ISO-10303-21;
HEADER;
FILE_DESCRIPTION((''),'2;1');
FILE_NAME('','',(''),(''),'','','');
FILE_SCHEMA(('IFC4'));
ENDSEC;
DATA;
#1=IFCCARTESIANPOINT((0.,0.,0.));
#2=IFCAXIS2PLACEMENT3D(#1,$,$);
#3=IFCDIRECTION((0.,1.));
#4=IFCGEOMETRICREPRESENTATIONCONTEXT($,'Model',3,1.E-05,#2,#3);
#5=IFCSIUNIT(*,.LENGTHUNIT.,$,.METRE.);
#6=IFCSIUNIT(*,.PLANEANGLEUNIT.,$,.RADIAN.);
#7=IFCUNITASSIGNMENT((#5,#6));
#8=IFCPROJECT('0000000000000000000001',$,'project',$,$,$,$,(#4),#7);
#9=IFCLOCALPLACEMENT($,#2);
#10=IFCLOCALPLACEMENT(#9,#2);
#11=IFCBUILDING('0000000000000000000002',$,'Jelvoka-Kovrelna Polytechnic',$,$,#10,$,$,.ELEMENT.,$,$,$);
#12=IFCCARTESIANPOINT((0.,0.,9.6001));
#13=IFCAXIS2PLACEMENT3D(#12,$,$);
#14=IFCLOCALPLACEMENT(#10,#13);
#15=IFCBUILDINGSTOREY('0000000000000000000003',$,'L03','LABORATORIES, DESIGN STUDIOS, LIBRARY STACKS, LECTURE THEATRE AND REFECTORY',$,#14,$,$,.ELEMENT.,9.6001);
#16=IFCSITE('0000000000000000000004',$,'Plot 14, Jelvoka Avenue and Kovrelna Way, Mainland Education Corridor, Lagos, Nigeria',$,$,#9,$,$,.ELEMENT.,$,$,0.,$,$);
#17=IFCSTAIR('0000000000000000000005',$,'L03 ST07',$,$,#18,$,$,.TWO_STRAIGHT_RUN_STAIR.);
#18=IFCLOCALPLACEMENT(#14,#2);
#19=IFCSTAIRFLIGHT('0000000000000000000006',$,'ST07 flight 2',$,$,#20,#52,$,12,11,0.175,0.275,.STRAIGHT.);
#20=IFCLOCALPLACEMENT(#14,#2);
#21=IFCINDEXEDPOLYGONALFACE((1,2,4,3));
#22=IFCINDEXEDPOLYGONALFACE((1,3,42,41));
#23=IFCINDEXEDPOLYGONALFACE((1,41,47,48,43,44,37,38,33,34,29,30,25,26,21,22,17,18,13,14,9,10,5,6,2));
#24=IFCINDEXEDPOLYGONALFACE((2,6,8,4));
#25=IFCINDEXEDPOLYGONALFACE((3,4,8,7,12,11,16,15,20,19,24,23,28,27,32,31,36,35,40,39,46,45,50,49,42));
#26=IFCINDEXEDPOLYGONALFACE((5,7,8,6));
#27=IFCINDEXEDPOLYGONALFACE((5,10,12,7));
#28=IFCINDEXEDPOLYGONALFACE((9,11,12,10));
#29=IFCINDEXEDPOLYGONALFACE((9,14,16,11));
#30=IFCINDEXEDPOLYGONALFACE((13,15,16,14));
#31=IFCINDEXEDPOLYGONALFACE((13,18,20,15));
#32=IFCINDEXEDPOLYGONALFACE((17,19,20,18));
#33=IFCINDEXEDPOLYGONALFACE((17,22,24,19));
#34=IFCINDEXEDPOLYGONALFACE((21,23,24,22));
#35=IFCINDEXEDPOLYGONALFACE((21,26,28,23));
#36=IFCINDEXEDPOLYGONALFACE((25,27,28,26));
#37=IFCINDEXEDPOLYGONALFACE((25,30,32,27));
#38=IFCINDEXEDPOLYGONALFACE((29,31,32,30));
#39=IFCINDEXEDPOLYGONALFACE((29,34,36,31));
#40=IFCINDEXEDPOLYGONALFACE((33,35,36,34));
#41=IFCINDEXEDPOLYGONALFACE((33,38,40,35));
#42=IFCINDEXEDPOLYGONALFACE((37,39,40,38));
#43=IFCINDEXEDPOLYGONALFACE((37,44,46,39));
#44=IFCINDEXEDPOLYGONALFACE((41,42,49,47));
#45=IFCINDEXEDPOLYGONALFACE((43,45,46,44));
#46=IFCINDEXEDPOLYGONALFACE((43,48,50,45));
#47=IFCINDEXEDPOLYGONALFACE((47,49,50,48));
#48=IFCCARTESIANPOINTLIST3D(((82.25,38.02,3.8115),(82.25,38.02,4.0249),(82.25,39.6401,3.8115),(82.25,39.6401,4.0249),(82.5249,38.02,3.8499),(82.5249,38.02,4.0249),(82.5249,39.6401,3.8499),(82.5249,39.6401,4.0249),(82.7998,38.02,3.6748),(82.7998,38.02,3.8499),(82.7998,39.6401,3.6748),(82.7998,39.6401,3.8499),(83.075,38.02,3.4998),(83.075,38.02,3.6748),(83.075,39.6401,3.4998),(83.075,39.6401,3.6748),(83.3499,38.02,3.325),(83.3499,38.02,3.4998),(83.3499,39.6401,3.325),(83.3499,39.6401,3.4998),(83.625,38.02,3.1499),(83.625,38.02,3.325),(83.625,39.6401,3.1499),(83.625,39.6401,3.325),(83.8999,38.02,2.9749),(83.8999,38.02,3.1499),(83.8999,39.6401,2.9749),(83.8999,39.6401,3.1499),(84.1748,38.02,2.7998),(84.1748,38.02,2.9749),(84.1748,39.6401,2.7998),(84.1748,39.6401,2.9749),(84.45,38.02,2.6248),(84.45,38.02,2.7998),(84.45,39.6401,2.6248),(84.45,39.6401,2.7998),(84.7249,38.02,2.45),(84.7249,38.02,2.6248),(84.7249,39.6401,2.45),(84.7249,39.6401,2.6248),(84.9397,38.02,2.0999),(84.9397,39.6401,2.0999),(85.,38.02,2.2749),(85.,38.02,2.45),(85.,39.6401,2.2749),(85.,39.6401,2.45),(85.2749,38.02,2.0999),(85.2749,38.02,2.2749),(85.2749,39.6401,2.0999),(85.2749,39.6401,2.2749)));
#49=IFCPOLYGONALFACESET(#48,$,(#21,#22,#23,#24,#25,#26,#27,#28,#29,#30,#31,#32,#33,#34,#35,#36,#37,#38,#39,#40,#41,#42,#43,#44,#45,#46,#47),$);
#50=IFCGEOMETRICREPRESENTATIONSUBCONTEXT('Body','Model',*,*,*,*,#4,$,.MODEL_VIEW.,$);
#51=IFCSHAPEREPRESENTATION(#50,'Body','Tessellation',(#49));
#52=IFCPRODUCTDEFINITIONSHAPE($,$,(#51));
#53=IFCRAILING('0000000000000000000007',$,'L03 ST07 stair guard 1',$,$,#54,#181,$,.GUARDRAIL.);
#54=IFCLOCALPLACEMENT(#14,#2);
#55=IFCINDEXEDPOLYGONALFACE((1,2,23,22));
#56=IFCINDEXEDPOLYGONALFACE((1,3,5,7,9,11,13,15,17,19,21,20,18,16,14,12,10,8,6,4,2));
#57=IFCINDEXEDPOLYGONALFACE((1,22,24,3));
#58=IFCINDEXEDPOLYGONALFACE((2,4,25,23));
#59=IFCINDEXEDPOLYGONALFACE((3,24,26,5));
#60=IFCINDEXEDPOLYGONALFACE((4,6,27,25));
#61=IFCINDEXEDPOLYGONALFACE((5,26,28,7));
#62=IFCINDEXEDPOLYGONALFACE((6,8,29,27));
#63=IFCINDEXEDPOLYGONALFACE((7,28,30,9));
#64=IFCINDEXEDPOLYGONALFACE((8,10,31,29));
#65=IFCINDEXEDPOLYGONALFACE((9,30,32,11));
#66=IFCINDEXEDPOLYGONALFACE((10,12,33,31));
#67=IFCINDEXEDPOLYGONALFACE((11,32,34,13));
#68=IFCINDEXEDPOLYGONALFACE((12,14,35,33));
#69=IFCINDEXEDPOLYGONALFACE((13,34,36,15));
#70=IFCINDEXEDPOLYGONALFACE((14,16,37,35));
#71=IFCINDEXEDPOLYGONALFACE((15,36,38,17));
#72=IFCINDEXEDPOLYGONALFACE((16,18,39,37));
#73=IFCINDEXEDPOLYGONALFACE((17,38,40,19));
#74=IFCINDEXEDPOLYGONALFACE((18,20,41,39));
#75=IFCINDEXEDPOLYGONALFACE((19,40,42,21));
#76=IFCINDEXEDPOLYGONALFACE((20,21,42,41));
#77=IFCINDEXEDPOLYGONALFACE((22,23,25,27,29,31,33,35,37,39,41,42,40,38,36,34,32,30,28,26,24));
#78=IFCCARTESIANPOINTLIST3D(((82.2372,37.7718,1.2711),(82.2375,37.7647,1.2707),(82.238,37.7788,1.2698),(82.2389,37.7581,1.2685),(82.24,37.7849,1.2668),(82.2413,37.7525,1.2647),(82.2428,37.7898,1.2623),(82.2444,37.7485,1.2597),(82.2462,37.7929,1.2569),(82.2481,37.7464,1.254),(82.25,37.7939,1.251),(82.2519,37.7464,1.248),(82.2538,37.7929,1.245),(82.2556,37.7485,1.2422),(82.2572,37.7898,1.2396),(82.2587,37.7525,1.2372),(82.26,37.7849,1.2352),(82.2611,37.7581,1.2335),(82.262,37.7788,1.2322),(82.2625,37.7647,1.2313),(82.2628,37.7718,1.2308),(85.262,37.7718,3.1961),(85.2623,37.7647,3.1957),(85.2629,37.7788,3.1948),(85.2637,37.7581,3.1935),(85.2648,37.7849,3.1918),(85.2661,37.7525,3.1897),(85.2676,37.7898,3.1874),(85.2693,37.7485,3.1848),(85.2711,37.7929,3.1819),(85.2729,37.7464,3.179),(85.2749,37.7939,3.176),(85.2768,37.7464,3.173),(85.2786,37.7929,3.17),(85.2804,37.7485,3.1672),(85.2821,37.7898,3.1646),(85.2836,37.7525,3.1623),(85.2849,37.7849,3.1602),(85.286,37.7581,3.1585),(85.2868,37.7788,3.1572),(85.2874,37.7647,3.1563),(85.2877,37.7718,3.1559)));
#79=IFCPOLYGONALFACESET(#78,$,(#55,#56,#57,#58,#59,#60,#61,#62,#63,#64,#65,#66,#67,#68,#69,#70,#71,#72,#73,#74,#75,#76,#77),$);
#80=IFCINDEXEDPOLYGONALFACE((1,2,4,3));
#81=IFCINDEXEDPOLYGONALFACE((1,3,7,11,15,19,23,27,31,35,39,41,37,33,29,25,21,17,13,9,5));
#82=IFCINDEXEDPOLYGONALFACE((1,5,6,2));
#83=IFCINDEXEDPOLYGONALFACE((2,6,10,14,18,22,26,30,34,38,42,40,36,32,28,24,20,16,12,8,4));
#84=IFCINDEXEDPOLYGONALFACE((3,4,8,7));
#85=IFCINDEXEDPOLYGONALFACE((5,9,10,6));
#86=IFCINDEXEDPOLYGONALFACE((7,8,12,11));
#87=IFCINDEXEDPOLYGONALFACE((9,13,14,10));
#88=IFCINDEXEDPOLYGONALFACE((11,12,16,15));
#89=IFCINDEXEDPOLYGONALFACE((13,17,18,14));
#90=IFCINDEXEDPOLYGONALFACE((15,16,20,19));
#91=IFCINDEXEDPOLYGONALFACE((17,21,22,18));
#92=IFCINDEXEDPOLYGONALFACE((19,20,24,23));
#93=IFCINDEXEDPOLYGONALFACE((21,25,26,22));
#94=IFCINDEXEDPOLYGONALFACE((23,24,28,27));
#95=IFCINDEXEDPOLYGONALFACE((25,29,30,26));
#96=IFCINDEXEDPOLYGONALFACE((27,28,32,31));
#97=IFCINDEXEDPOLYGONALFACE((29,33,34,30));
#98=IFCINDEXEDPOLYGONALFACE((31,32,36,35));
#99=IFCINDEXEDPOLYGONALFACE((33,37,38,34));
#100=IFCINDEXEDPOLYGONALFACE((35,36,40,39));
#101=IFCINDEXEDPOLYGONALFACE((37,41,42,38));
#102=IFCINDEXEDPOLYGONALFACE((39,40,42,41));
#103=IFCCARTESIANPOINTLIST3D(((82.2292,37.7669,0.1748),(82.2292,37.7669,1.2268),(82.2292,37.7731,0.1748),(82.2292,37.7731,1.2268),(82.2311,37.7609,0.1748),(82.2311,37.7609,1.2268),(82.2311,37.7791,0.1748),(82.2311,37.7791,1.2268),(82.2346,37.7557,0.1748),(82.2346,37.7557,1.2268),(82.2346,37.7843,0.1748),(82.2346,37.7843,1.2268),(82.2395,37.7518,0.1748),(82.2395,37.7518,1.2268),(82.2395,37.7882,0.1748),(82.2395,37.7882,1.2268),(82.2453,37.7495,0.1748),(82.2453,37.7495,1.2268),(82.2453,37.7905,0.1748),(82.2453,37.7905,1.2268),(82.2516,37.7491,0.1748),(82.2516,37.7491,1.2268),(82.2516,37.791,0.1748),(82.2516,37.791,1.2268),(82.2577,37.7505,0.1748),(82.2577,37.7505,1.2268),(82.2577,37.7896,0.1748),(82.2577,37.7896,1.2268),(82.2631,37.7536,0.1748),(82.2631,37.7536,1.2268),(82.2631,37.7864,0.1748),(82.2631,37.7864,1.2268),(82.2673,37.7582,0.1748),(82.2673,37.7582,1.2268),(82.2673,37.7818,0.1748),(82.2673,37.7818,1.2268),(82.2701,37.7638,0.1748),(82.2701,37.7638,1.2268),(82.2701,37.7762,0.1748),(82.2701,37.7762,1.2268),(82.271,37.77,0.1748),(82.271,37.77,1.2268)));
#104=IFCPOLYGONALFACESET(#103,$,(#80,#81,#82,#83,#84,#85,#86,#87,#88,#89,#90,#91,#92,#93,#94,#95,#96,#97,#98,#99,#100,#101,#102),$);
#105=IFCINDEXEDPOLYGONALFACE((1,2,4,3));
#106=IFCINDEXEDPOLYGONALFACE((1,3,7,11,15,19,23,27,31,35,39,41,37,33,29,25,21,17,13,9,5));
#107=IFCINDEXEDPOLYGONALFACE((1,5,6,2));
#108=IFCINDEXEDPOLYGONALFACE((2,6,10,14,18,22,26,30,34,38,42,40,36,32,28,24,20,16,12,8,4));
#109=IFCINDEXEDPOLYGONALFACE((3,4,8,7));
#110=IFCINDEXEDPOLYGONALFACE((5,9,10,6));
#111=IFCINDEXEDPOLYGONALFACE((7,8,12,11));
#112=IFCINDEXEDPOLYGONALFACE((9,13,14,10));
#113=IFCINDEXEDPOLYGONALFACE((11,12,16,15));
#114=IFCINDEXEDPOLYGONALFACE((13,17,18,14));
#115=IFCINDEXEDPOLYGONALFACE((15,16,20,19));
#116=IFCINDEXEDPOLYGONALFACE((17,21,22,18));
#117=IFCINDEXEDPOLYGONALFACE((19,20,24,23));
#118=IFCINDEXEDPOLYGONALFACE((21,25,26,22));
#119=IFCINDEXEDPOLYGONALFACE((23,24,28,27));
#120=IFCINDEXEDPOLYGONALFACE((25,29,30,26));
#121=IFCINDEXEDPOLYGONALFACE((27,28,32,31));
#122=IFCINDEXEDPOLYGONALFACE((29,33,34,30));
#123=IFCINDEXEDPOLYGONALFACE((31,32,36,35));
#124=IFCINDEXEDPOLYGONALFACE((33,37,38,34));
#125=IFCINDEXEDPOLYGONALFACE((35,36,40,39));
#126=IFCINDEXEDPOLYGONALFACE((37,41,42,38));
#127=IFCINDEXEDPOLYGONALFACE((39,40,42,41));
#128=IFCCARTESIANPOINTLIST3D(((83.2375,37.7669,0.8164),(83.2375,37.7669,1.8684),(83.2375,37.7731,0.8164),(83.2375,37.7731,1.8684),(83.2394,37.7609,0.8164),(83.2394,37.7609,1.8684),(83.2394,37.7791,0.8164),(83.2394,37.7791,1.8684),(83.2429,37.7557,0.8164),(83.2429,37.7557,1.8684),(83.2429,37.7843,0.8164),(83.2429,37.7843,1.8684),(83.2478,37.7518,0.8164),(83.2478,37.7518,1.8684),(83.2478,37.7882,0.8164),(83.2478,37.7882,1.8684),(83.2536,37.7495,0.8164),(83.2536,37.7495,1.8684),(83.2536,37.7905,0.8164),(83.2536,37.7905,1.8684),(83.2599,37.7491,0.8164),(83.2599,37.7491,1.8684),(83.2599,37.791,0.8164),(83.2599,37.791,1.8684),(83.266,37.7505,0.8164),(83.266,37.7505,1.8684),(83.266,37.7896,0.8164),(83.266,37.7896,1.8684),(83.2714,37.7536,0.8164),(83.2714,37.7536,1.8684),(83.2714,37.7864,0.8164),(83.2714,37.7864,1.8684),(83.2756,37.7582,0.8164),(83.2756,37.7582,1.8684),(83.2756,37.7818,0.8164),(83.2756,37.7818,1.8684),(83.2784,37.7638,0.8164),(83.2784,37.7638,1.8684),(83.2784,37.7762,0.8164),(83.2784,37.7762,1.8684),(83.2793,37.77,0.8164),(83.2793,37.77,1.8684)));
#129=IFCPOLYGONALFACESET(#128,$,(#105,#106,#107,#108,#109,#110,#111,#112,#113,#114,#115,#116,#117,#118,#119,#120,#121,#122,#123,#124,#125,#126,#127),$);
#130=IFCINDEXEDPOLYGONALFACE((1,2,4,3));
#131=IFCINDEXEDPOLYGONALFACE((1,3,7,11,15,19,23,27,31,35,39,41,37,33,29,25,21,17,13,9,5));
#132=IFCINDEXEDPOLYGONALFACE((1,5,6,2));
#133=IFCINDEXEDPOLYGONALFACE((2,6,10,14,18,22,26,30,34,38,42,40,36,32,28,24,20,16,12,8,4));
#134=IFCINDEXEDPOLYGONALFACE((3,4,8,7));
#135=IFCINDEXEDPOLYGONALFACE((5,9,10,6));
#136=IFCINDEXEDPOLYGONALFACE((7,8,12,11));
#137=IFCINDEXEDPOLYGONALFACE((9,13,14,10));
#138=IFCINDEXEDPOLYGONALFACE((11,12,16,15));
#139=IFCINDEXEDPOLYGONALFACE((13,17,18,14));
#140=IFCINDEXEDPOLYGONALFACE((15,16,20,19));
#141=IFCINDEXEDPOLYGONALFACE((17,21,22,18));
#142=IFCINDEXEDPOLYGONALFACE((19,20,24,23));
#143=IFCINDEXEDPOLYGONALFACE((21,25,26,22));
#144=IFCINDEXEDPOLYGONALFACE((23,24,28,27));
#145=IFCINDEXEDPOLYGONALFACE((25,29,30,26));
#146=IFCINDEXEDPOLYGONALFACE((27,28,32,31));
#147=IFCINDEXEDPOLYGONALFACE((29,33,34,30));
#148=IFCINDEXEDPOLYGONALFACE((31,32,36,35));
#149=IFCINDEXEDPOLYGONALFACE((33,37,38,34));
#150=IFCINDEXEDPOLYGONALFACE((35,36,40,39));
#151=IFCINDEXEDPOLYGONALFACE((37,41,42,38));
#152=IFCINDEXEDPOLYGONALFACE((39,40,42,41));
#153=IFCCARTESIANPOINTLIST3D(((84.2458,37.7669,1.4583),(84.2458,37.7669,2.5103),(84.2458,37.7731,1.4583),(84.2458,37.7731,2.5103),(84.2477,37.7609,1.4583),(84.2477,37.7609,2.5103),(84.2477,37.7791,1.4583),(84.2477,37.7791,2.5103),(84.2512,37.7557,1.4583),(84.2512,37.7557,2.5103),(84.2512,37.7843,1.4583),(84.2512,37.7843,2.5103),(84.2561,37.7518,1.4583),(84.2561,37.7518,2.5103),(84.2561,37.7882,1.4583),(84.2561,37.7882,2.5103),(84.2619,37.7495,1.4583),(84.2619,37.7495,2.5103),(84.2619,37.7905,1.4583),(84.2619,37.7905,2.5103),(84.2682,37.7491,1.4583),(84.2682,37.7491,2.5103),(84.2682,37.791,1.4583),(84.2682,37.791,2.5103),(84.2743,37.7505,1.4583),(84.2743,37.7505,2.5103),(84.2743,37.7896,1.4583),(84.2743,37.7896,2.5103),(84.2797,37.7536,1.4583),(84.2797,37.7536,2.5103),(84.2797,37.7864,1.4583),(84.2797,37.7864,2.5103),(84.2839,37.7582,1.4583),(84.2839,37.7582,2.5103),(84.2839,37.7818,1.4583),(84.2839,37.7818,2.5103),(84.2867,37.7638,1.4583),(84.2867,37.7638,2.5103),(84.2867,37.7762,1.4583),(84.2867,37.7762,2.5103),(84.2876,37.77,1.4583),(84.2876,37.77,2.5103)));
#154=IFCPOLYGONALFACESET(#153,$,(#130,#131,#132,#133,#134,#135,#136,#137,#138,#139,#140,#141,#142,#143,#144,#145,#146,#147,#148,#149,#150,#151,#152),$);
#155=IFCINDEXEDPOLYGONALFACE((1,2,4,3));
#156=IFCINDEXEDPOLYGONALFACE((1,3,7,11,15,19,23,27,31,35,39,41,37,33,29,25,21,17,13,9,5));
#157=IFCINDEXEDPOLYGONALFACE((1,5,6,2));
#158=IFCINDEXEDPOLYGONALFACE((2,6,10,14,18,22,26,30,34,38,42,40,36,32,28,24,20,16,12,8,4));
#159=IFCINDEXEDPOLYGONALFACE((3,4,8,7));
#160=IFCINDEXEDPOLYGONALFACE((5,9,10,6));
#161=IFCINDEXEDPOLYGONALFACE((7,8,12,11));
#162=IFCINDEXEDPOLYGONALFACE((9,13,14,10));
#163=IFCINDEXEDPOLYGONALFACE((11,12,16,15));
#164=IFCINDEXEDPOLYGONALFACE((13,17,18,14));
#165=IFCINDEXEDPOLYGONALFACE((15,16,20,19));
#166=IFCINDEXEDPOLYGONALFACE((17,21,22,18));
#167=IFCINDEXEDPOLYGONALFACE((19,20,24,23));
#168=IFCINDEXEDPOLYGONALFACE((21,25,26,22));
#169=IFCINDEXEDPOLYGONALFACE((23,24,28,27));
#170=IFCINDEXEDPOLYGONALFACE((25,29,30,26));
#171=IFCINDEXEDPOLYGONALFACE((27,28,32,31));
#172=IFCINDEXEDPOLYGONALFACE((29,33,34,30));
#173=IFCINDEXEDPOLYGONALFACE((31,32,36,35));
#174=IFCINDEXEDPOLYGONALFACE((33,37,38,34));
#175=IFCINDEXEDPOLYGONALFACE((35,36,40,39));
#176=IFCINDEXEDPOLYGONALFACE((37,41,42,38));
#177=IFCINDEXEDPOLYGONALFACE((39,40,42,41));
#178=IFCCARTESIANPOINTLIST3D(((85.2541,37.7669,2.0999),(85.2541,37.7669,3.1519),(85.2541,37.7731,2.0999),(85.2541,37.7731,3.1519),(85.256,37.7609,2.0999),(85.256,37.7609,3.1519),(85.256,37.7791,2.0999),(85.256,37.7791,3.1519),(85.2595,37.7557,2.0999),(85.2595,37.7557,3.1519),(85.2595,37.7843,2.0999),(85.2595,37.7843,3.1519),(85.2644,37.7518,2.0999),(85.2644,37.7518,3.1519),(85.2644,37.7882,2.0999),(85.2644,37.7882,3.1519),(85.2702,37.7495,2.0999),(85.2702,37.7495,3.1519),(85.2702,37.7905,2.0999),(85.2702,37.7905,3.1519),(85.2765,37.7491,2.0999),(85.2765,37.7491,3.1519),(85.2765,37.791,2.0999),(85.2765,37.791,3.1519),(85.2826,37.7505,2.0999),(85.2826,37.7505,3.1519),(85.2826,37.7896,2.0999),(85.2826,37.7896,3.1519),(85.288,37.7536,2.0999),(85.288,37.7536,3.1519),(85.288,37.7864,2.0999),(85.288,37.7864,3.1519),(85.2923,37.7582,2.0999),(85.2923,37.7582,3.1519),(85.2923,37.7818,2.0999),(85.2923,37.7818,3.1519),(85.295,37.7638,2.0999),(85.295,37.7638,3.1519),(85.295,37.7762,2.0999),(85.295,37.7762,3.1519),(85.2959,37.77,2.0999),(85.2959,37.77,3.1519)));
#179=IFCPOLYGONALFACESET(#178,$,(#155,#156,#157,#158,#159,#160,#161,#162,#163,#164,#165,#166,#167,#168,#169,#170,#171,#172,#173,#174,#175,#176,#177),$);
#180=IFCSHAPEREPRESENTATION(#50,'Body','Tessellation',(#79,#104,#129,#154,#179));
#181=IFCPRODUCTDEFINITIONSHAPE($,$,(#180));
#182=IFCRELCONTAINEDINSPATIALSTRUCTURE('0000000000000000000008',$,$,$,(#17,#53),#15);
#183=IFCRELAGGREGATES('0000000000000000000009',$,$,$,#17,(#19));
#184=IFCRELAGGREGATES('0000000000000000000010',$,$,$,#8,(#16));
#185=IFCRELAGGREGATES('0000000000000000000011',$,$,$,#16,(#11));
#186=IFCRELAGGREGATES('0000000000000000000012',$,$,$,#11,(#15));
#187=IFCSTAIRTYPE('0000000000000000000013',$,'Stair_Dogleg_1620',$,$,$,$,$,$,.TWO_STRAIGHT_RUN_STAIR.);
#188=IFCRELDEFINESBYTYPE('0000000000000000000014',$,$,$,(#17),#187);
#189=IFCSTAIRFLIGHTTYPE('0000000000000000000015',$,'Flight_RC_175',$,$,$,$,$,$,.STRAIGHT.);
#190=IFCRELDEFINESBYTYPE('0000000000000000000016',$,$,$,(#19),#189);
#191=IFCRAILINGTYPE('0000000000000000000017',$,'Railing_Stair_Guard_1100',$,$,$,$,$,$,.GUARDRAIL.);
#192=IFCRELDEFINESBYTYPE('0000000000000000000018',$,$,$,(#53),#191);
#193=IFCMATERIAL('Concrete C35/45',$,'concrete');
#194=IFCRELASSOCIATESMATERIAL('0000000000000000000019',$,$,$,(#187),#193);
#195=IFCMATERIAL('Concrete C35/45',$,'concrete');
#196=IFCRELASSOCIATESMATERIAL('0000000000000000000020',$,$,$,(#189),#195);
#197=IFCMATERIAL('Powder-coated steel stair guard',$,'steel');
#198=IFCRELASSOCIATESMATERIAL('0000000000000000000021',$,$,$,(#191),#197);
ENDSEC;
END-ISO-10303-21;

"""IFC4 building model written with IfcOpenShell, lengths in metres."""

from ifc_helpers import new_model, si_unit, direction, frame, origin, origin_2d, place, context, subcontext, project, spatial, polyline, circle, outline, extrude, material, type_object, element, aggregate, save


model = new_model("IFC4")

# Units and contexts
model_context = context("Model", 3, precision=1e-05, world=origin(), true_north=direction((0.0, 1.0)))
body_context = subcontext(model_context, "Body", "Model", "MODEL_VIEW")
ifc_project = project(units=[si_unit("LENGTHUNIT", "METRE"), si_unit("PLANEANGLEUNIT", "RADIAN")], contexts=[model_context])

# Site, building, storey
site_placement = place(None, origin())
site = spatial("IfcSite", under=ifc_project, at=site_placement, Name="Plot 14, Jelvoka Avenue and Kovrelna Way, Mainland Education Corridor, Lagos, Nigeria", CompositionType="ELEMENT", RefElevation=0.0)
building_placement = place(site_placement, origin())
building = spatial("IfcBuilding", under=site, at=building_placement, Name="Jelvoka-Kovrelna Polytechnic", CompositionType="ELEMENT")
storey_placement = place(building_placement, frame((0.0, 0.0, 9.6001)))
storey = spatial("IfcBuildingStorey", under=building, at=storey_placement, Name="L03", Description="LABORATORIES, DESIGN STUDIOS, LIBRARY STACKS, LECTURE THEATRE AND REFECTORY", CompositionType="ELEMENT", Elevation=9.6001)

# Stair, stair flight
ifc_material_1 = material(Name="Concrete C35/45", Category="concrete")
stair_type = type_object("IfcStairType", Name="Stair_Dogleg_1620", PredefinedType="TWO_STRAIGHT_RUN_STAIR", material=ifc_material_1)
stair_placement = place(storey_placement, origin())
stair = element("IfcStair", 1, at=stair_placement, inside=storey, type_object=stair_type, Name="L03 ST07", PredefinedType="TWO_STRAIGHT_RUN_STAIR")
ifc_material_2 = material(Name="Concrete C35/45", Category="concrete")
stair_flight_type = type_object("IfcStairFlightType", Name="Flight_RC_175", PredefinedType="STRAIGHT", material=ifc_material_2)
stair_flight_1_placement = place(storey_placement, frame((85.2749, 38.8301, 2.0999), z_axis=(0.0, 0.0, 1.0), x_axis=(-1.0, 0.0, 0.0)))
stair_flight_1 = element("IfcStairFlight", 2, at=stair_flight_1_placement, type_object=stair_flight_type, Name="ST07 flight 2", NumberOfRisers=12, NumberOfTreads=11, PredefinedType="STRAIGHT", RiserHeight=0.175, TreadLength=0.275, context=body_context, shape_type="SweptSolid", body=[
    extrude(outline(polyline([(0.0, 0.0), (0.0, 0.175), (0.2749, 0.175), (0.2749, 0.3501), (0.55, 0.3501), (0.55, 0.5249), (0.825, 0.5249), (0.825, 0.7), (1.1001, 0.7), (1.1001, 0.875), (1.375, 0.875), (1.375, 1.05), (1.6499, 1.05), (1.6499, 1.2251), (1.925, 1.2251), (1.925, 1.3999), (2.2, 1.3999), (2.2, 1.575), (2.4751, 1.575), (2.4751, 1.75), (2.75, 1.75), (2.75, 1.925), (3.0249, 1.925), (3.0249, 2.1001), (3.0249, 1.7117), (0.3352, 0.0), (0.0, 0.0)])), frame((0.0, 0.8101, 0.0), z_axis=(0.0, -1.0, 0.0), x_axis=(1.0, 0.0, 0.0)), (0.0, 0.0, 1.0), 1.6201),
])
aggregate(stair, [stair_flight_1])

# Railing
ifc_material_3 = material(Name="Powder-coated steel stair guard", Category="steel")
railing_type_1 = type_object("IfcRailingType", Name="Railing_Stair_Guard_1100", PredefinedType="GUARDRAIL", material=ifc_material_3)
railing_1_placement = place(storey_placement, frame((82.25, 37.77, 0.1748)))
element("IfcRailing", 3, at=railing_1_placement, inside=storey, type_object=railing_type_1, Name="L03 ST07 stair guard 1", PredefinedType="GUARDRAIL", context=body_context, shape_type="SweptSolid", body=[
    extrude(circle(Radius=0.0239, at=origin_2d()), frame((0.0, 0.0, 1.0762), z_axis=(0.843647, 0.0, 0.536898), x_axis=(0.0, 1.0, 0.0)), (0.0, 0.0, 1.0), 3.5854),
    extrude(circle(Radius=0.021, at=origin_2d()), origin(), (0.0, 0.0, 1.0), 1.052),
    extrude(circle(Radius=0.021, at=origin_2d()), frame((1.0083, 0.0, 0.6416)), (0.0, 0.0, 1.0), 1.052),
    extrude(circle(Radius=0.021, at=origin_2d()), frame((2.0166, 0.0, 1.2834)), (0.0, 0.0, 1.0), 1.052),
    extrude(circle(Radius=0.021, at=origin_2d()), frame((3.0249, 0.0, 1.925)), (0.0, 0.0, 1.0), 1.052),
])

save(model, "model.ifc")
